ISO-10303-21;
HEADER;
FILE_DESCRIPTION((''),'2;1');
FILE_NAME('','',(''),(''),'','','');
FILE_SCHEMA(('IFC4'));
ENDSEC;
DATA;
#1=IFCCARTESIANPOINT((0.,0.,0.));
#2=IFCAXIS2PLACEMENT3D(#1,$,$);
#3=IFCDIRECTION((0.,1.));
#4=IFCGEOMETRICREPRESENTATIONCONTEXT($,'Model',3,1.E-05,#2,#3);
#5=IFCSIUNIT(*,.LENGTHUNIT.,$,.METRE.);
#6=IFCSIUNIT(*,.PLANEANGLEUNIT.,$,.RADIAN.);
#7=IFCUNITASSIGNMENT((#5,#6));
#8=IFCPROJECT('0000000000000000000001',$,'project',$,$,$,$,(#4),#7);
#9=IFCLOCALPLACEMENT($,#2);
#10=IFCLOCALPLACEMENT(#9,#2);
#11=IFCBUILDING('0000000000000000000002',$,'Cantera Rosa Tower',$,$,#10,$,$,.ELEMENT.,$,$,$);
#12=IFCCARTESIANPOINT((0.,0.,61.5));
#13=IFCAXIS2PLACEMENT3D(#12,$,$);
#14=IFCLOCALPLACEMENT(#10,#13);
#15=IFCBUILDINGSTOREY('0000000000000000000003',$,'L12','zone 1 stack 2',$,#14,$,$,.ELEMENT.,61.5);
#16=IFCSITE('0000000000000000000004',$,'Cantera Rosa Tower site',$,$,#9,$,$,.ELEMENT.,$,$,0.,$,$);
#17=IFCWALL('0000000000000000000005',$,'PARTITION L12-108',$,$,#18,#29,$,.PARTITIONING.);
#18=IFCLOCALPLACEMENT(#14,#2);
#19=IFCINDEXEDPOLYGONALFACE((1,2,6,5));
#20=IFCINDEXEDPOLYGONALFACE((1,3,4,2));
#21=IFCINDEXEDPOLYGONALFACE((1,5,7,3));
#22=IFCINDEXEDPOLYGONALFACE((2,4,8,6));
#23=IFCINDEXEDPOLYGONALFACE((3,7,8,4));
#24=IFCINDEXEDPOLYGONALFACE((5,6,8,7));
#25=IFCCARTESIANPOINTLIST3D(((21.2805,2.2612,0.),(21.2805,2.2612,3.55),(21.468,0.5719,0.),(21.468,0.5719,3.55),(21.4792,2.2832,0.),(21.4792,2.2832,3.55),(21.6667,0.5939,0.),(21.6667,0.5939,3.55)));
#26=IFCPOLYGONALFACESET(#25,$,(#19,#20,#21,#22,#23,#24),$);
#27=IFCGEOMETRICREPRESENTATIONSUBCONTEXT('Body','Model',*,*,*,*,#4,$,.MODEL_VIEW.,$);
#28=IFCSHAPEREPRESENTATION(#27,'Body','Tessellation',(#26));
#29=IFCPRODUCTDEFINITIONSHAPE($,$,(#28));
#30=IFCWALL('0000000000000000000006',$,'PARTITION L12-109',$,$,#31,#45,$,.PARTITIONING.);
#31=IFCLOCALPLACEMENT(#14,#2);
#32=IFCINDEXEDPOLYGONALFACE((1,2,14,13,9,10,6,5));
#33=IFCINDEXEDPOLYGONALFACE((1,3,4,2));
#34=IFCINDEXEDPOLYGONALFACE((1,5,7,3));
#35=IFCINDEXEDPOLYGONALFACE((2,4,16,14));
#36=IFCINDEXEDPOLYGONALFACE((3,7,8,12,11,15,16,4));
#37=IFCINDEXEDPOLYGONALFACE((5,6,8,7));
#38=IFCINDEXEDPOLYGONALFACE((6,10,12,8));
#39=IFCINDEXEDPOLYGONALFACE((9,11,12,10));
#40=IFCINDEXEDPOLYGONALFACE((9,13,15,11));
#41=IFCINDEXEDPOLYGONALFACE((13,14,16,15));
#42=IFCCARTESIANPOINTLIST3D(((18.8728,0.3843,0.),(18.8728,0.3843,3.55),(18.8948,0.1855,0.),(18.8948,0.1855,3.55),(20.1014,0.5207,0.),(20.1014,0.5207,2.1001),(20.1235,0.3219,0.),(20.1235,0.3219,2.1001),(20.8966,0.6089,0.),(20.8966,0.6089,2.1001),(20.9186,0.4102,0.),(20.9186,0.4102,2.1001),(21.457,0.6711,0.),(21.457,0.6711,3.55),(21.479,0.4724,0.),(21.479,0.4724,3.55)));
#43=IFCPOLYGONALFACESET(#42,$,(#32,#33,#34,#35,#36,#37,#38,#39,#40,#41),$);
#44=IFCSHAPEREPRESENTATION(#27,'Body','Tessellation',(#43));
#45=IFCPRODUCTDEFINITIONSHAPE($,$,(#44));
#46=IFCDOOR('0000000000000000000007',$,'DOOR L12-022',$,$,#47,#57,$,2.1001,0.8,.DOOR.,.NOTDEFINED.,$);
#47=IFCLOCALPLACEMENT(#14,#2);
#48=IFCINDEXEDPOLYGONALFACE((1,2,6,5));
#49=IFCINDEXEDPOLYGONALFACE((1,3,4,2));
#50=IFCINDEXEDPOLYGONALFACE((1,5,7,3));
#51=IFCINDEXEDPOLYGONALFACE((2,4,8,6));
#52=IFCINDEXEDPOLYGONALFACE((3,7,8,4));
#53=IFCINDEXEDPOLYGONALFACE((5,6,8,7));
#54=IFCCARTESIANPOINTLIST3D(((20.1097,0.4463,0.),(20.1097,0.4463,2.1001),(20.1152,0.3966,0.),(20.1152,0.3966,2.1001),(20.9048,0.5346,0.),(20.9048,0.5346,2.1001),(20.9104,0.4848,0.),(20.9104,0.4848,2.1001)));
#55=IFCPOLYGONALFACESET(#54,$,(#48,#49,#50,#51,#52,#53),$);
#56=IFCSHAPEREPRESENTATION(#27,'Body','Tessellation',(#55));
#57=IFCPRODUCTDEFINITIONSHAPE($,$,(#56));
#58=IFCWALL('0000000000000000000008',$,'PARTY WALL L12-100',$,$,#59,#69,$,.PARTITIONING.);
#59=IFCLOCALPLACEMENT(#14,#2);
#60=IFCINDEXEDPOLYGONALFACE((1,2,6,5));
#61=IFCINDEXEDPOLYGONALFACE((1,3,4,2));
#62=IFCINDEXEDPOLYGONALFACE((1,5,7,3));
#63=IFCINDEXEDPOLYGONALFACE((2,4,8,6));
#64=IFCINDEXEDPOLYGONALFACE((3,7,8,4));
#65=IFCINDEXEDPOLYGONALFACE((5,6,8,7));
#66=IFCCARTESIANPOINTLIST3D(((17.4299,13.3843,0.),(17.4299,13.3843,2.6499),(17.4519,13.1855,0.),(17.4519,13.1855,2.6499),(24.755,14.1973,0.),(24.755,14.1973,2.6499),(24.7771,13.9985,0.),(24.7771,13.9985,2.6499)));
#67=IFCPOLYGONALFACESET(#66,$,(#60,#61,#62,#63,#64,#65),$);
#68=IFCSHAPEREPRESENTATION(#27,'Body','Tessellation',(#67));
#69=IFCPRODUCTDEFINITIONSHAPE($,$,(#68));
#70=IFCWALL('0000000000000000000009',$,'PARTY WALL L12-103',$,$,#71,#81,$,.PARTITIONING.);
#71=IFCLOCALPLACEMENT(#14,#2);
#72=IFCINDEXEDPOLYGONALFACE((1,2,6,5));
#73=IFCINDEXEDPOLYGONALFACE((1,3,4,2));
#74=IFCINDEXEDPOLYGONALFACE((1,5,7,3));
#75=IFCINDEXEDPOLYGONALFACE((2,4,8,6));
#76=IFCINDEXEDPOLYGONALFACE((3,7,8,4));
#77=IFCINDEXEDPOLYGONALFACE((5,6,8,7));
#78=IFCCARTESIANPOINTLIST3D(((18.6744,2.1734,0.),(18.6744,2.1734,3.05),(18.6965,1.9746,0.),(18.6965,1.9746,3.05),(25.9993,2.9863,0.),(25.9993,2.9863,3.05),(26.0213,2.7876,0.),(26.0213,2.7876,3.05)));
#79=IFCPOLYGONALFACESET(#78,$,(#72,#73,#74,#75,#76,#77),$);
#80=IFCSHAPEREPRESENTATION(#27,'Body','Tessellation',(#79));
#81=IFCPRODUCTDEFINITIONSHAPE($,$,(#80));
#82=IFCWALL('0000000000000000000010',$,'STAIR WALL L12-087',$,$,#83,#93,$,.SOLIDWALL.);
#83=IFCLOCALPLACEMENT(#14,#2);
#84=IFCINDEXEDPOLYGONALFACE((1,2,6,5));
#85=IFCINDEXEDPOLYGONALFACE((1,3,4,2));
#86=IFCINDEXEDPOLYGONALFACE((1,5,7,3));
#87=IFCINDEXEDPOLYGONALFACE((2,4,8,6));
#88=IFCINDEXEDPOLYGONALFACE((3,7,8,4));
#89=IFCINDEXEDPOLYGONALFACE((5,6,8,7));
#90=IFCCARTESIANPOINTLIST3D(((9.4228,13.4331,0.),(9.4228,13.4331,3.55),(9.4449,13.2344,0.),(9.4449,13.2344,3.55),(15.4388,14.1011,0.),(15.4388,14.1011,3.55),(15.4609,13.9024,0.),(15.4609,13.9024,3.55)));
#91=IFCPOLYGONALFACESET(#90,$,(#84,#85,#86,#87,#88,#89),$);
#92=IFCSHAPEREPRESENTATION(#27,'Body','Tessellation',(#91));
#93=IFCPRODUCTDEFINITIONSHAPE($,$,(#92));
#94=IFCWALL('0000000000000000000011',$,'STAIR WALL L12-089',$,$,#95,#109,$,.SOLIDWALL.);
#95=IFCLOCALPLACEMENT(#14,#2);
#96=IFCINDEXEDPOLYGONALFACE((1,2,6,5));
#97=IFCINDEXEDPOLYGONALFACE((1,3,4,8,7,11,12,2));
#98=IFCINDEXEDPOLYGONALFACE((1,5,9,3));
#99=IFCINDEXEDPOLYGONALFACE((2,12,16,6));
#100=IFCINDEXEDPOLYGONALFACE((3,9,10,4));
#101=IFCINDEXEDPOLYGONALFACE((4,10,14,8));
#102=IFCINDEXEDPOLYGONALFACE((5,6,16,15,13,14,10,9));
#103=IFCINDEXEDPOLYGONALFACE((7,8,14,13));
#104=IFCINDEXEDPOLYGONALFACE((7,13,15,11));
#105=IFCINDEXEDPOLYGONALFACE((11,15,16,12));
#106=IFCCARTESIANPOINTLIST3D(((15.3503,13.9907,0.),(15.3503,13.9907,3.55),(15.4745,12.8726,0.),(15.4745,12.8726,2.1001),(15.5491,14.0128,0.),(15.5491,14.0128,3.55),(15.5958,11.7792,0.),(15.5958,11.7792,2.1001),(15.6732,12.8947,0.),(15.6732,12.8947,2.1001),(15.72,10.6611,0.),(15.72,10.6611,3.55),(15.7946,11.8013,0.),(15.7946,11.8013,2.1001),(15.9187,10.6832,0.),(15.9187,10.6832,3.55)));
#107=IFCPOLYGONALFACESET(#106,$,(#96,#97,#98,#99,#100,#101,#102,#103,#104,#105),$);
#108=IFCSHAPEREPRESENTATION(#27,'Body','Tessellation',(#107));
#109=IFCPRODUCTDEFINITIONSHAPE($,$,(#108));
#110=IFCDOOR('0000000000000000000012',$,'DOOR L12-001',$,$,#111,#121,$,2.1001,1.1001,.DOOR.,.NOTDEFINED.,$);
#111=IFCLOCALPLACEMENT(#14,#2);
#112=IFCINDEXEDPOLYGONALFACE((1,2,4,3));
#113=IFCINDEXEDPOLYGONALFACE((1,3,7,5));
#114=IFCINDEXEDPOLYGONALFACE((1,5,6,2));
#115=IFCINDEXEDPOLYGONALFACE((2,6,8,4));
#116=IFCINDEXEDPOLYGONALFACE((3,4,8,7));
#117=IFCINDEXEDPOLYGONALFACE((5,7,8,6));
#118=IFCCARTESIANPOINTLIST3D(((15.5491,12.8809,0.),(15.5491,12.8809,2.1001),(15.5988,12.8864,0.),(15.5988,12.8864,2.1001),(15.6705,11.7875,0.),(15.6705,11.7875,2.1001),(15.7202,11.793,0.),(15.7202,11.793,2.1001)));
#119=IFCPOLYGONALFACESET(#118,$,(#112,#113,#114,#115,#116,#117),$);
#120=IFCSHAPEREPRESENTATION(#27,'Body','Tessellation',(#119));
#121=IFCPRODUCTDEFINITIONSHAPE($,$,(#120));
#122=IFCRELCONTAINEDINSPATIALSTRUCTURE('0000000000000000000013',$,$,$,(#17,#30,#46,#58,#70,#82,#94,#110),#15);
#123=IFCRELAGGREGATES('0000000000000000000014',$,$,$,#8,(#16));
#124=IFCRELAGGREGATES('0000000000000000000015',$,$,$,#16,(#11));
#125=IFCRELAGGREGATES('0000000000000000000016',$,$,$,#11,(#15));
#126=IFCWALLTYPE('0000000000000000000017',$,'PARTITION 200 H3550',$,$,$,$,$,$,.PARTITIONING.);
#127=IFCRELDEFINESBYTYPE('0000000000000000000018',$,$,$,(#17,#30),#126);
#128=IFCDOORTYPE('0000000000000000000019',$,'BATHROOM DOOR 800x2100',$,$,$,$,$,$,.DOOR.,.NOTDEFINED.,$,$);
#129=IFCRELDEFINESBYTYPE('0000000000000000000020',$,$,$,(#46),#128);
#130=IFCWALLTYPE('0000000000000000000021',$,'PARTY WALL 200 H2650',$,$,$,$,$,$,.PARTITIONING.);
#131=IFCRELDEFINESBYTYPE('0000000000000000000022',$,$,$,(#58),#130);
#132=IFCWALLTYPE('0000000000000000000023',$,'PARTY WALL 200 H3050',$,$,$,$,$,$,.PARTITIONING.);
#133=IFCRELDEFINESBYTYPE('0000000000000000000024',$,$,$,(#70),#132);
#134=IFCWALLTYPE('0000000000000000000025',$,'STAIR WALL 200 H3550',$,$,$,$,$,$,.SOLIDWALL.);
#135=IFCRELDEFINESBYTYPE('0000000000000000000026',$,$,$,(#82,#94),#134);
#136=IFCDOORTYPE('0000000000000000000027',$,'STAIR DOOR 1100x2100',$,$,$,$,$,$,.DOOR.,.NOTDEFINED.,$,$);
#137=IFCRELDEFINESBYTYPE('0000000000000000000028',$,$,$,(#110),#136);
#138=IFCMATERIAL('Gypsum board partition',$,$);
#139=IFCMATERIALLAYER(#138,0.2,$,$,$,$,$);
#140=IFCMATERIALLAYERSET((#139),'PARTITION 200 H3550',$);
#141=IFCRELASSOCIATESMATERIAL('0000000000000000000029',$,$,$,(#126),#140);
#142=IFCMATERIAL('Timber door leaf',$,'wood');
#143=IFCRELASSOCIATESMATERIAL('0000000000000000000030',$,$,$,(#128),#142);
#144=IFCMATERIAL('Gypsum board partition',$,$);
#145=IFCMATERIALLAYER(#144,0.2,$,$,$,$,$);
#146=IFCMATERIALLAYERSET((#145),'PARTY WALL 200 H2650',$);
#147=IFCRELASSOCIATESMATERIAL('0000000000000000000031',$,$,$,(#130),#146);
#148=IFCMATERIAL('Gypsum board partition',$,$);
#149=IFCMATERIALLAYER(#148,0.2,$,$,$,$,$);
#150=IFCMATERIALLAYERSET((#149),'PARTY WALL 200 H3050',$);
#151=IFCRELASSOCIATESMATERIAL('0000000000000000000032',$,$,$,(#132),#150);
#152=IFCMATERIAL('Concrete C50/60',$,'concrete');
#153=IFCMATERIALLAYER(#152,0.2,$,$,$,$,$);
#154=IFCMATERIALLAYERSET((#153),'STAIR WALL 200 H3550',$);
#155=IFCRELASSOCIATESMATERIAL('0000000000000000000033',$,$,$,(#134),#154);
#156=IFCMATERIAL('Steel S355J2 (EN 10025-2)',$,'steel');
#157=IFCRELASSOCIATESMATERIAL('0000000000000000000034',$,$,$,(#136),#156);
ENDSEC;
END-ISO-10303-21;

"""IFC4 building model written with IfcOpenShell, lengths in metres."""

from ifc_helpers import new_model, si_unit, direction, frame, frame_2d, origin, place, context, subcontext, project, spatial, rectangle, extrude, material, layer, layer_set, type_object, element, fill, save


model = new_model("IFC4")

# Units and contexts
model_context = context("Model", 3, precision=1e-05, world=origin(), true_north=direction((0.0, 1.0)))
body_context = subcontext(model_context, "Body", "Model", "MODEL_VIEW")
ifc_project = project(units=[si_unit("LENGTHUNIT", "METRE"), si_unit("PLANEANGLEUNIT", "RADIAN")], contexts=[model_context])

# Site, building, storey
site_placement = place(None, origin())
site = spatial("IfcSite", under=ifc_project, at=site_placement, Name="Cantera Rosa Tower site", CompositionType="ELEMENT", RefElevation=0.0)
building_placement = place(site_placement, origin())
building = spatial("IfcBuilding", under=site, at=building_placement, Name="Cantera Rosa Tower", CompositionType="ELEMENT")
storey_placement = place(building_placement, frame((0.0, 0.0, 61.5)))
storey = spatial("IfcBuildingStorey", under=building, at=storey_placement, Name="L12", Description="zone 1 stack 2", CompositionType="ELEMENT", Elevation=61.5)

# Wall
ifc_material_1 = material(Name="Gypsum board partition")
ifc_layer_1 = layer(ifc_material_1, 0.2)
ifc_layer_set_1 = layer_set([ifc_layer_1], Name="PARTITION 200 H3550")
wall_type_1 = type_object("IfcWallType", Name="PARTITION 200 H3550", PredefinedType="PARTITIONING", material=ifc_layer_set_1)
wall_1_placement = place(storey_placement, frame((21.3799, 2.2722, 0.0), z_axis=(0.0, 0.0, 1.0), x_axis=(0.110305, -0.993898, 0.0)))
element("IfcWall", 1, at=wall_1_placement, inside=storey, type_object=wall_type_1, Name="PARTITION L12-108", PredefinedType="PARTITIONING", context=body_context, shape_type="SweptSolid", body=[
    extrude(rectangle(XDim=1.6997, YDim=0.2, at=frame_2d((0.8499, 0.0))), origin(), (0.0, 0.0, 1.0), 3.55),
])

# Wall, opening, door
wall_2_placement = place(storey_placement, frame((21.468, 0.5718, 0.0), z_axis=(0.0, 0.0, 1.0), x_axis=(-0.993895, -0.110328, 0.0)))
wall_2 = element("IfcWall", 2, at=wall_2_placement, inside=storey, type_object=wall_type_1, Name="PARTITION L12-109", PredefinedType="PARTITIONING", context=body_context, shape_type="SweptSolid", body=[
    extrude(rectangle(XDim=2.6001, YDim=0.2, at=frame_2d((1.3, 0.0))), origin(), (0.0, 0.0, 1.0), 3.55),
])
opening_1_placement = place(wall_2_placement, frame((0.564, 0.0, 0.0)))
opening_1 = element("IfcOpeningElement", 3, at=opening_1_placement, cuts=wall_2, PredefinedType="OPENING", context=body_context, shape_type="SweptSolid", body=[
    extrude(rectangle(XDim=0.8, YDim=2.1001, at=frame_2d((0.3999, 1.05))), frame((0.0, 0.1099, 0.0), z_axis=(0.0, -1.0, 0.0), x_axis=(1.0, 0.0, 0.0)), (0.0, 0.0, 1.0), 0.22),
])
ifc_material_2 = material(Name="Timber door leaf", Category="wood")
door_type_1 = type_object("IfcDoorType", Name="BATHROOM DOOR 800x2100", OperationType="NOTDEFINED", PredefinedType="DOOR", material=ifc_material_2)
door_1_placement = place(opening_1_placement, origin())
door_1 = element("IfcDoor", 4, at=door_1_placement, inside=storey, type_object=door_type_1, Name="DOOR L12-022", OperationType="NOTDEFINED", OverallHeight=2.1001, OverallWidth=0.8, PredefinedType="DOOR", context=body_context, shape_type="SweptSolid", body=[
    extrude(rectangle(XDim=0.8, YDim=2.1001, at=frame_2d((0.3999, 1.05))), frame((0.0, 0.0249, 0.0), z_axis=(0.0, -1.0, 0.0), x_axis=(1.0, 0.0, 0.0)), (0.0, 0.0, 1.0), 0.05),
])
fill(opening_1, door_1)

# Walls
ifc_material_3 = material(Name="Gypsum board partition")
ifc_layer_2 = layer(ifc_material_3, 0.2)
ifc_layer_set_2 = layer_set([ifc_layer_2], Name="PARTY WALL 200 H2650")
wall_type_2 = type_object("IfcWallType", Name="PARTY WALL 200 H2650", PredefinedType="PARTITIONING", material=ifc_layer_set_2)
wall_3_placement = place(storey_placement, frame((17.4409, 13.2849, 0.0), z_axis=(0.0, 0.0, 1.0), x_axis=(0.993897, 0.110308, 0.0)))
element("IfcWall", 5, at=wall_3_placement, inside=storey, type_object=wall_type_2, Name="PARTY WALL L12-100", PredefinedType="PARTITIONING", context=body_context, shape_type="SweptSolid", body=[
    extrude(rectangle(XDim=7.3701, YDim=0.2, at=frame_2d((3.6851, 0.0))), origin(), (0.0, 0.0, 1.0), 2.6499),
])
ifc_material_4 = material(Name="Gypsum board partition")
ifc_layer_3 = layer(ifc_material_4, 0.2)
ifc_layer_set_3 = layer_set([ifc_layer_3], Name="PARTY WALL 200 H3050")
wall_type_3 = type_object("IfcWallType", Name="PARTY WALL 200 H3050", PredefinedType="PARTITIONING", material=ifc_layer_set_3)
wall_4_placement = place(storey_placement, frame((18.6853, 2.074, 0.0), z_axis=(0.0, 0.0, 1.0), x_axis=(0.993897, 0.110312, 0.0)))
element("IfcWall", 6, at=wall_4_placement, inside=storey, type_object=wall_type_3, Name="PARTY WALL L12-103", PredefinedType="PARTITIONING", context=body_context, shape_type="SweptSolid", body=[
    extrude(rectangle(XDim=7.3699, YDim=0.2, at=frame_2d((3.6851, 0.0))), origin(), (0.0, 0.0, 1.0), 3.05),
])
ifc_material_5 = material(Name="Concrete C50/60", Category="concrete")
ifc_layer_4 = layer(ifc_material_5, 0.2)
ifc_layer_set_4 = layer_set([ifc_layer_4], Name="STAIR WALL 200 H3550")
wall_type_4 = type_object("IfcWallType", Name="STAIR WALL 200 H3550", PredefinedType="SOLIDWALL", material=ifc_layer_set_4)
wall_5_placement = place(storey_placement, frame((15.4497, 14.0017, 0.0), z_axis=(0.0, 0.0, 1.0), x_axis=(-0.993893, -0.110352, 0.0)))
element("IfcWall", 7, at=wall_5_placement, inside=storey, type_object=wall_type_4, Name="STAIR WALL L12-087", PredefinedType="SOLIDWALL", context=body_context, shape_type="SweptSolid", body=[
    extrude(rectangle(XDim=6.053, YDim=0.2, at=frame_2d((3.0264, 0.0))), origin(), (0.0, 0.0, 1.0), 3.55),
])

# Wall, opening, door
wall_6_placement = place(storey_placement, frame((15.8193, 10.6721, 0.0), z_axis=(0.0, 0.0, 1.0), x_axis=(-0.110336, 0.993894, 0.0)))
wall_6 = element("IfcWall", 8, at=wall_6_placement, inside=storey, type_object=wall_type_4, Name="STAIR WALL L12-089", PredefinedType="SOLIDWALL", context=body_context, shape_type="SweptSolid", body=[
    extrude(rectangle(XDim=3.3501, YDim=0.2, at=frame_2d((1.675, 0.0))), origin(), (0.0, 0.0, 1.0), 3.55),
])
opening_2_placement = place(wall_6_placement, frame((1.125, 0.0, 0.0)))
opening_2 = element("IfcOpeningElement", 9, at=opening_2_placement, cuts=wall_6, PredefinedType="OPENING", context=body_context, shape_type="SweptSolid", body=[
    extrude(rectangle(XDim=1.1001, YDim=2.1001, at=frame_2d((0.55, 1.05))), frame((0.0, 0.1099, 0.0), z_axis=(0.0, -1.0, 0.0), x_axis=(1.0, 0.0, 0.0)), (0.0, 0.0, 1.0), 0.22),
])
ifc_material_6 = material(Name="Steel S355J2 (EN 10025-2)", Category="steel")
door_type_2 = type_object("IfcDoorType", Name="STAIR DOOR 1100x2100", OperationType="NOTDEFINED", PredefinedType="DOOR", material=ifc_material_6)
door_2_placement = place(opening_2_placement, origin())
door_2 = element("IfcDoor", 10, at=door_2_placement, inside=storey, type_object=door_type_2, Name="DOOR L12-001", OperationType="NOTDEFINED", OverallHeight=2.1001, OverallWidth=1.1001, PredefinedType="DOOR", context=body_context, shape_type="SweptSolid", body=[
    extrude(rectangle(XDim=1.1001, YDim=2.1001, at=frame_2d((0.55, 1.05))), frame((0.0, 0.0249, 0.0), z_axis=(0.0, -1.0, 0.0), x_axis=(1.0, 0.0, 0.0)), (0.0, 0.0, 1.0), 0.05),
])
fill(opening_2, door_2)

save(model, "model.ifc")
